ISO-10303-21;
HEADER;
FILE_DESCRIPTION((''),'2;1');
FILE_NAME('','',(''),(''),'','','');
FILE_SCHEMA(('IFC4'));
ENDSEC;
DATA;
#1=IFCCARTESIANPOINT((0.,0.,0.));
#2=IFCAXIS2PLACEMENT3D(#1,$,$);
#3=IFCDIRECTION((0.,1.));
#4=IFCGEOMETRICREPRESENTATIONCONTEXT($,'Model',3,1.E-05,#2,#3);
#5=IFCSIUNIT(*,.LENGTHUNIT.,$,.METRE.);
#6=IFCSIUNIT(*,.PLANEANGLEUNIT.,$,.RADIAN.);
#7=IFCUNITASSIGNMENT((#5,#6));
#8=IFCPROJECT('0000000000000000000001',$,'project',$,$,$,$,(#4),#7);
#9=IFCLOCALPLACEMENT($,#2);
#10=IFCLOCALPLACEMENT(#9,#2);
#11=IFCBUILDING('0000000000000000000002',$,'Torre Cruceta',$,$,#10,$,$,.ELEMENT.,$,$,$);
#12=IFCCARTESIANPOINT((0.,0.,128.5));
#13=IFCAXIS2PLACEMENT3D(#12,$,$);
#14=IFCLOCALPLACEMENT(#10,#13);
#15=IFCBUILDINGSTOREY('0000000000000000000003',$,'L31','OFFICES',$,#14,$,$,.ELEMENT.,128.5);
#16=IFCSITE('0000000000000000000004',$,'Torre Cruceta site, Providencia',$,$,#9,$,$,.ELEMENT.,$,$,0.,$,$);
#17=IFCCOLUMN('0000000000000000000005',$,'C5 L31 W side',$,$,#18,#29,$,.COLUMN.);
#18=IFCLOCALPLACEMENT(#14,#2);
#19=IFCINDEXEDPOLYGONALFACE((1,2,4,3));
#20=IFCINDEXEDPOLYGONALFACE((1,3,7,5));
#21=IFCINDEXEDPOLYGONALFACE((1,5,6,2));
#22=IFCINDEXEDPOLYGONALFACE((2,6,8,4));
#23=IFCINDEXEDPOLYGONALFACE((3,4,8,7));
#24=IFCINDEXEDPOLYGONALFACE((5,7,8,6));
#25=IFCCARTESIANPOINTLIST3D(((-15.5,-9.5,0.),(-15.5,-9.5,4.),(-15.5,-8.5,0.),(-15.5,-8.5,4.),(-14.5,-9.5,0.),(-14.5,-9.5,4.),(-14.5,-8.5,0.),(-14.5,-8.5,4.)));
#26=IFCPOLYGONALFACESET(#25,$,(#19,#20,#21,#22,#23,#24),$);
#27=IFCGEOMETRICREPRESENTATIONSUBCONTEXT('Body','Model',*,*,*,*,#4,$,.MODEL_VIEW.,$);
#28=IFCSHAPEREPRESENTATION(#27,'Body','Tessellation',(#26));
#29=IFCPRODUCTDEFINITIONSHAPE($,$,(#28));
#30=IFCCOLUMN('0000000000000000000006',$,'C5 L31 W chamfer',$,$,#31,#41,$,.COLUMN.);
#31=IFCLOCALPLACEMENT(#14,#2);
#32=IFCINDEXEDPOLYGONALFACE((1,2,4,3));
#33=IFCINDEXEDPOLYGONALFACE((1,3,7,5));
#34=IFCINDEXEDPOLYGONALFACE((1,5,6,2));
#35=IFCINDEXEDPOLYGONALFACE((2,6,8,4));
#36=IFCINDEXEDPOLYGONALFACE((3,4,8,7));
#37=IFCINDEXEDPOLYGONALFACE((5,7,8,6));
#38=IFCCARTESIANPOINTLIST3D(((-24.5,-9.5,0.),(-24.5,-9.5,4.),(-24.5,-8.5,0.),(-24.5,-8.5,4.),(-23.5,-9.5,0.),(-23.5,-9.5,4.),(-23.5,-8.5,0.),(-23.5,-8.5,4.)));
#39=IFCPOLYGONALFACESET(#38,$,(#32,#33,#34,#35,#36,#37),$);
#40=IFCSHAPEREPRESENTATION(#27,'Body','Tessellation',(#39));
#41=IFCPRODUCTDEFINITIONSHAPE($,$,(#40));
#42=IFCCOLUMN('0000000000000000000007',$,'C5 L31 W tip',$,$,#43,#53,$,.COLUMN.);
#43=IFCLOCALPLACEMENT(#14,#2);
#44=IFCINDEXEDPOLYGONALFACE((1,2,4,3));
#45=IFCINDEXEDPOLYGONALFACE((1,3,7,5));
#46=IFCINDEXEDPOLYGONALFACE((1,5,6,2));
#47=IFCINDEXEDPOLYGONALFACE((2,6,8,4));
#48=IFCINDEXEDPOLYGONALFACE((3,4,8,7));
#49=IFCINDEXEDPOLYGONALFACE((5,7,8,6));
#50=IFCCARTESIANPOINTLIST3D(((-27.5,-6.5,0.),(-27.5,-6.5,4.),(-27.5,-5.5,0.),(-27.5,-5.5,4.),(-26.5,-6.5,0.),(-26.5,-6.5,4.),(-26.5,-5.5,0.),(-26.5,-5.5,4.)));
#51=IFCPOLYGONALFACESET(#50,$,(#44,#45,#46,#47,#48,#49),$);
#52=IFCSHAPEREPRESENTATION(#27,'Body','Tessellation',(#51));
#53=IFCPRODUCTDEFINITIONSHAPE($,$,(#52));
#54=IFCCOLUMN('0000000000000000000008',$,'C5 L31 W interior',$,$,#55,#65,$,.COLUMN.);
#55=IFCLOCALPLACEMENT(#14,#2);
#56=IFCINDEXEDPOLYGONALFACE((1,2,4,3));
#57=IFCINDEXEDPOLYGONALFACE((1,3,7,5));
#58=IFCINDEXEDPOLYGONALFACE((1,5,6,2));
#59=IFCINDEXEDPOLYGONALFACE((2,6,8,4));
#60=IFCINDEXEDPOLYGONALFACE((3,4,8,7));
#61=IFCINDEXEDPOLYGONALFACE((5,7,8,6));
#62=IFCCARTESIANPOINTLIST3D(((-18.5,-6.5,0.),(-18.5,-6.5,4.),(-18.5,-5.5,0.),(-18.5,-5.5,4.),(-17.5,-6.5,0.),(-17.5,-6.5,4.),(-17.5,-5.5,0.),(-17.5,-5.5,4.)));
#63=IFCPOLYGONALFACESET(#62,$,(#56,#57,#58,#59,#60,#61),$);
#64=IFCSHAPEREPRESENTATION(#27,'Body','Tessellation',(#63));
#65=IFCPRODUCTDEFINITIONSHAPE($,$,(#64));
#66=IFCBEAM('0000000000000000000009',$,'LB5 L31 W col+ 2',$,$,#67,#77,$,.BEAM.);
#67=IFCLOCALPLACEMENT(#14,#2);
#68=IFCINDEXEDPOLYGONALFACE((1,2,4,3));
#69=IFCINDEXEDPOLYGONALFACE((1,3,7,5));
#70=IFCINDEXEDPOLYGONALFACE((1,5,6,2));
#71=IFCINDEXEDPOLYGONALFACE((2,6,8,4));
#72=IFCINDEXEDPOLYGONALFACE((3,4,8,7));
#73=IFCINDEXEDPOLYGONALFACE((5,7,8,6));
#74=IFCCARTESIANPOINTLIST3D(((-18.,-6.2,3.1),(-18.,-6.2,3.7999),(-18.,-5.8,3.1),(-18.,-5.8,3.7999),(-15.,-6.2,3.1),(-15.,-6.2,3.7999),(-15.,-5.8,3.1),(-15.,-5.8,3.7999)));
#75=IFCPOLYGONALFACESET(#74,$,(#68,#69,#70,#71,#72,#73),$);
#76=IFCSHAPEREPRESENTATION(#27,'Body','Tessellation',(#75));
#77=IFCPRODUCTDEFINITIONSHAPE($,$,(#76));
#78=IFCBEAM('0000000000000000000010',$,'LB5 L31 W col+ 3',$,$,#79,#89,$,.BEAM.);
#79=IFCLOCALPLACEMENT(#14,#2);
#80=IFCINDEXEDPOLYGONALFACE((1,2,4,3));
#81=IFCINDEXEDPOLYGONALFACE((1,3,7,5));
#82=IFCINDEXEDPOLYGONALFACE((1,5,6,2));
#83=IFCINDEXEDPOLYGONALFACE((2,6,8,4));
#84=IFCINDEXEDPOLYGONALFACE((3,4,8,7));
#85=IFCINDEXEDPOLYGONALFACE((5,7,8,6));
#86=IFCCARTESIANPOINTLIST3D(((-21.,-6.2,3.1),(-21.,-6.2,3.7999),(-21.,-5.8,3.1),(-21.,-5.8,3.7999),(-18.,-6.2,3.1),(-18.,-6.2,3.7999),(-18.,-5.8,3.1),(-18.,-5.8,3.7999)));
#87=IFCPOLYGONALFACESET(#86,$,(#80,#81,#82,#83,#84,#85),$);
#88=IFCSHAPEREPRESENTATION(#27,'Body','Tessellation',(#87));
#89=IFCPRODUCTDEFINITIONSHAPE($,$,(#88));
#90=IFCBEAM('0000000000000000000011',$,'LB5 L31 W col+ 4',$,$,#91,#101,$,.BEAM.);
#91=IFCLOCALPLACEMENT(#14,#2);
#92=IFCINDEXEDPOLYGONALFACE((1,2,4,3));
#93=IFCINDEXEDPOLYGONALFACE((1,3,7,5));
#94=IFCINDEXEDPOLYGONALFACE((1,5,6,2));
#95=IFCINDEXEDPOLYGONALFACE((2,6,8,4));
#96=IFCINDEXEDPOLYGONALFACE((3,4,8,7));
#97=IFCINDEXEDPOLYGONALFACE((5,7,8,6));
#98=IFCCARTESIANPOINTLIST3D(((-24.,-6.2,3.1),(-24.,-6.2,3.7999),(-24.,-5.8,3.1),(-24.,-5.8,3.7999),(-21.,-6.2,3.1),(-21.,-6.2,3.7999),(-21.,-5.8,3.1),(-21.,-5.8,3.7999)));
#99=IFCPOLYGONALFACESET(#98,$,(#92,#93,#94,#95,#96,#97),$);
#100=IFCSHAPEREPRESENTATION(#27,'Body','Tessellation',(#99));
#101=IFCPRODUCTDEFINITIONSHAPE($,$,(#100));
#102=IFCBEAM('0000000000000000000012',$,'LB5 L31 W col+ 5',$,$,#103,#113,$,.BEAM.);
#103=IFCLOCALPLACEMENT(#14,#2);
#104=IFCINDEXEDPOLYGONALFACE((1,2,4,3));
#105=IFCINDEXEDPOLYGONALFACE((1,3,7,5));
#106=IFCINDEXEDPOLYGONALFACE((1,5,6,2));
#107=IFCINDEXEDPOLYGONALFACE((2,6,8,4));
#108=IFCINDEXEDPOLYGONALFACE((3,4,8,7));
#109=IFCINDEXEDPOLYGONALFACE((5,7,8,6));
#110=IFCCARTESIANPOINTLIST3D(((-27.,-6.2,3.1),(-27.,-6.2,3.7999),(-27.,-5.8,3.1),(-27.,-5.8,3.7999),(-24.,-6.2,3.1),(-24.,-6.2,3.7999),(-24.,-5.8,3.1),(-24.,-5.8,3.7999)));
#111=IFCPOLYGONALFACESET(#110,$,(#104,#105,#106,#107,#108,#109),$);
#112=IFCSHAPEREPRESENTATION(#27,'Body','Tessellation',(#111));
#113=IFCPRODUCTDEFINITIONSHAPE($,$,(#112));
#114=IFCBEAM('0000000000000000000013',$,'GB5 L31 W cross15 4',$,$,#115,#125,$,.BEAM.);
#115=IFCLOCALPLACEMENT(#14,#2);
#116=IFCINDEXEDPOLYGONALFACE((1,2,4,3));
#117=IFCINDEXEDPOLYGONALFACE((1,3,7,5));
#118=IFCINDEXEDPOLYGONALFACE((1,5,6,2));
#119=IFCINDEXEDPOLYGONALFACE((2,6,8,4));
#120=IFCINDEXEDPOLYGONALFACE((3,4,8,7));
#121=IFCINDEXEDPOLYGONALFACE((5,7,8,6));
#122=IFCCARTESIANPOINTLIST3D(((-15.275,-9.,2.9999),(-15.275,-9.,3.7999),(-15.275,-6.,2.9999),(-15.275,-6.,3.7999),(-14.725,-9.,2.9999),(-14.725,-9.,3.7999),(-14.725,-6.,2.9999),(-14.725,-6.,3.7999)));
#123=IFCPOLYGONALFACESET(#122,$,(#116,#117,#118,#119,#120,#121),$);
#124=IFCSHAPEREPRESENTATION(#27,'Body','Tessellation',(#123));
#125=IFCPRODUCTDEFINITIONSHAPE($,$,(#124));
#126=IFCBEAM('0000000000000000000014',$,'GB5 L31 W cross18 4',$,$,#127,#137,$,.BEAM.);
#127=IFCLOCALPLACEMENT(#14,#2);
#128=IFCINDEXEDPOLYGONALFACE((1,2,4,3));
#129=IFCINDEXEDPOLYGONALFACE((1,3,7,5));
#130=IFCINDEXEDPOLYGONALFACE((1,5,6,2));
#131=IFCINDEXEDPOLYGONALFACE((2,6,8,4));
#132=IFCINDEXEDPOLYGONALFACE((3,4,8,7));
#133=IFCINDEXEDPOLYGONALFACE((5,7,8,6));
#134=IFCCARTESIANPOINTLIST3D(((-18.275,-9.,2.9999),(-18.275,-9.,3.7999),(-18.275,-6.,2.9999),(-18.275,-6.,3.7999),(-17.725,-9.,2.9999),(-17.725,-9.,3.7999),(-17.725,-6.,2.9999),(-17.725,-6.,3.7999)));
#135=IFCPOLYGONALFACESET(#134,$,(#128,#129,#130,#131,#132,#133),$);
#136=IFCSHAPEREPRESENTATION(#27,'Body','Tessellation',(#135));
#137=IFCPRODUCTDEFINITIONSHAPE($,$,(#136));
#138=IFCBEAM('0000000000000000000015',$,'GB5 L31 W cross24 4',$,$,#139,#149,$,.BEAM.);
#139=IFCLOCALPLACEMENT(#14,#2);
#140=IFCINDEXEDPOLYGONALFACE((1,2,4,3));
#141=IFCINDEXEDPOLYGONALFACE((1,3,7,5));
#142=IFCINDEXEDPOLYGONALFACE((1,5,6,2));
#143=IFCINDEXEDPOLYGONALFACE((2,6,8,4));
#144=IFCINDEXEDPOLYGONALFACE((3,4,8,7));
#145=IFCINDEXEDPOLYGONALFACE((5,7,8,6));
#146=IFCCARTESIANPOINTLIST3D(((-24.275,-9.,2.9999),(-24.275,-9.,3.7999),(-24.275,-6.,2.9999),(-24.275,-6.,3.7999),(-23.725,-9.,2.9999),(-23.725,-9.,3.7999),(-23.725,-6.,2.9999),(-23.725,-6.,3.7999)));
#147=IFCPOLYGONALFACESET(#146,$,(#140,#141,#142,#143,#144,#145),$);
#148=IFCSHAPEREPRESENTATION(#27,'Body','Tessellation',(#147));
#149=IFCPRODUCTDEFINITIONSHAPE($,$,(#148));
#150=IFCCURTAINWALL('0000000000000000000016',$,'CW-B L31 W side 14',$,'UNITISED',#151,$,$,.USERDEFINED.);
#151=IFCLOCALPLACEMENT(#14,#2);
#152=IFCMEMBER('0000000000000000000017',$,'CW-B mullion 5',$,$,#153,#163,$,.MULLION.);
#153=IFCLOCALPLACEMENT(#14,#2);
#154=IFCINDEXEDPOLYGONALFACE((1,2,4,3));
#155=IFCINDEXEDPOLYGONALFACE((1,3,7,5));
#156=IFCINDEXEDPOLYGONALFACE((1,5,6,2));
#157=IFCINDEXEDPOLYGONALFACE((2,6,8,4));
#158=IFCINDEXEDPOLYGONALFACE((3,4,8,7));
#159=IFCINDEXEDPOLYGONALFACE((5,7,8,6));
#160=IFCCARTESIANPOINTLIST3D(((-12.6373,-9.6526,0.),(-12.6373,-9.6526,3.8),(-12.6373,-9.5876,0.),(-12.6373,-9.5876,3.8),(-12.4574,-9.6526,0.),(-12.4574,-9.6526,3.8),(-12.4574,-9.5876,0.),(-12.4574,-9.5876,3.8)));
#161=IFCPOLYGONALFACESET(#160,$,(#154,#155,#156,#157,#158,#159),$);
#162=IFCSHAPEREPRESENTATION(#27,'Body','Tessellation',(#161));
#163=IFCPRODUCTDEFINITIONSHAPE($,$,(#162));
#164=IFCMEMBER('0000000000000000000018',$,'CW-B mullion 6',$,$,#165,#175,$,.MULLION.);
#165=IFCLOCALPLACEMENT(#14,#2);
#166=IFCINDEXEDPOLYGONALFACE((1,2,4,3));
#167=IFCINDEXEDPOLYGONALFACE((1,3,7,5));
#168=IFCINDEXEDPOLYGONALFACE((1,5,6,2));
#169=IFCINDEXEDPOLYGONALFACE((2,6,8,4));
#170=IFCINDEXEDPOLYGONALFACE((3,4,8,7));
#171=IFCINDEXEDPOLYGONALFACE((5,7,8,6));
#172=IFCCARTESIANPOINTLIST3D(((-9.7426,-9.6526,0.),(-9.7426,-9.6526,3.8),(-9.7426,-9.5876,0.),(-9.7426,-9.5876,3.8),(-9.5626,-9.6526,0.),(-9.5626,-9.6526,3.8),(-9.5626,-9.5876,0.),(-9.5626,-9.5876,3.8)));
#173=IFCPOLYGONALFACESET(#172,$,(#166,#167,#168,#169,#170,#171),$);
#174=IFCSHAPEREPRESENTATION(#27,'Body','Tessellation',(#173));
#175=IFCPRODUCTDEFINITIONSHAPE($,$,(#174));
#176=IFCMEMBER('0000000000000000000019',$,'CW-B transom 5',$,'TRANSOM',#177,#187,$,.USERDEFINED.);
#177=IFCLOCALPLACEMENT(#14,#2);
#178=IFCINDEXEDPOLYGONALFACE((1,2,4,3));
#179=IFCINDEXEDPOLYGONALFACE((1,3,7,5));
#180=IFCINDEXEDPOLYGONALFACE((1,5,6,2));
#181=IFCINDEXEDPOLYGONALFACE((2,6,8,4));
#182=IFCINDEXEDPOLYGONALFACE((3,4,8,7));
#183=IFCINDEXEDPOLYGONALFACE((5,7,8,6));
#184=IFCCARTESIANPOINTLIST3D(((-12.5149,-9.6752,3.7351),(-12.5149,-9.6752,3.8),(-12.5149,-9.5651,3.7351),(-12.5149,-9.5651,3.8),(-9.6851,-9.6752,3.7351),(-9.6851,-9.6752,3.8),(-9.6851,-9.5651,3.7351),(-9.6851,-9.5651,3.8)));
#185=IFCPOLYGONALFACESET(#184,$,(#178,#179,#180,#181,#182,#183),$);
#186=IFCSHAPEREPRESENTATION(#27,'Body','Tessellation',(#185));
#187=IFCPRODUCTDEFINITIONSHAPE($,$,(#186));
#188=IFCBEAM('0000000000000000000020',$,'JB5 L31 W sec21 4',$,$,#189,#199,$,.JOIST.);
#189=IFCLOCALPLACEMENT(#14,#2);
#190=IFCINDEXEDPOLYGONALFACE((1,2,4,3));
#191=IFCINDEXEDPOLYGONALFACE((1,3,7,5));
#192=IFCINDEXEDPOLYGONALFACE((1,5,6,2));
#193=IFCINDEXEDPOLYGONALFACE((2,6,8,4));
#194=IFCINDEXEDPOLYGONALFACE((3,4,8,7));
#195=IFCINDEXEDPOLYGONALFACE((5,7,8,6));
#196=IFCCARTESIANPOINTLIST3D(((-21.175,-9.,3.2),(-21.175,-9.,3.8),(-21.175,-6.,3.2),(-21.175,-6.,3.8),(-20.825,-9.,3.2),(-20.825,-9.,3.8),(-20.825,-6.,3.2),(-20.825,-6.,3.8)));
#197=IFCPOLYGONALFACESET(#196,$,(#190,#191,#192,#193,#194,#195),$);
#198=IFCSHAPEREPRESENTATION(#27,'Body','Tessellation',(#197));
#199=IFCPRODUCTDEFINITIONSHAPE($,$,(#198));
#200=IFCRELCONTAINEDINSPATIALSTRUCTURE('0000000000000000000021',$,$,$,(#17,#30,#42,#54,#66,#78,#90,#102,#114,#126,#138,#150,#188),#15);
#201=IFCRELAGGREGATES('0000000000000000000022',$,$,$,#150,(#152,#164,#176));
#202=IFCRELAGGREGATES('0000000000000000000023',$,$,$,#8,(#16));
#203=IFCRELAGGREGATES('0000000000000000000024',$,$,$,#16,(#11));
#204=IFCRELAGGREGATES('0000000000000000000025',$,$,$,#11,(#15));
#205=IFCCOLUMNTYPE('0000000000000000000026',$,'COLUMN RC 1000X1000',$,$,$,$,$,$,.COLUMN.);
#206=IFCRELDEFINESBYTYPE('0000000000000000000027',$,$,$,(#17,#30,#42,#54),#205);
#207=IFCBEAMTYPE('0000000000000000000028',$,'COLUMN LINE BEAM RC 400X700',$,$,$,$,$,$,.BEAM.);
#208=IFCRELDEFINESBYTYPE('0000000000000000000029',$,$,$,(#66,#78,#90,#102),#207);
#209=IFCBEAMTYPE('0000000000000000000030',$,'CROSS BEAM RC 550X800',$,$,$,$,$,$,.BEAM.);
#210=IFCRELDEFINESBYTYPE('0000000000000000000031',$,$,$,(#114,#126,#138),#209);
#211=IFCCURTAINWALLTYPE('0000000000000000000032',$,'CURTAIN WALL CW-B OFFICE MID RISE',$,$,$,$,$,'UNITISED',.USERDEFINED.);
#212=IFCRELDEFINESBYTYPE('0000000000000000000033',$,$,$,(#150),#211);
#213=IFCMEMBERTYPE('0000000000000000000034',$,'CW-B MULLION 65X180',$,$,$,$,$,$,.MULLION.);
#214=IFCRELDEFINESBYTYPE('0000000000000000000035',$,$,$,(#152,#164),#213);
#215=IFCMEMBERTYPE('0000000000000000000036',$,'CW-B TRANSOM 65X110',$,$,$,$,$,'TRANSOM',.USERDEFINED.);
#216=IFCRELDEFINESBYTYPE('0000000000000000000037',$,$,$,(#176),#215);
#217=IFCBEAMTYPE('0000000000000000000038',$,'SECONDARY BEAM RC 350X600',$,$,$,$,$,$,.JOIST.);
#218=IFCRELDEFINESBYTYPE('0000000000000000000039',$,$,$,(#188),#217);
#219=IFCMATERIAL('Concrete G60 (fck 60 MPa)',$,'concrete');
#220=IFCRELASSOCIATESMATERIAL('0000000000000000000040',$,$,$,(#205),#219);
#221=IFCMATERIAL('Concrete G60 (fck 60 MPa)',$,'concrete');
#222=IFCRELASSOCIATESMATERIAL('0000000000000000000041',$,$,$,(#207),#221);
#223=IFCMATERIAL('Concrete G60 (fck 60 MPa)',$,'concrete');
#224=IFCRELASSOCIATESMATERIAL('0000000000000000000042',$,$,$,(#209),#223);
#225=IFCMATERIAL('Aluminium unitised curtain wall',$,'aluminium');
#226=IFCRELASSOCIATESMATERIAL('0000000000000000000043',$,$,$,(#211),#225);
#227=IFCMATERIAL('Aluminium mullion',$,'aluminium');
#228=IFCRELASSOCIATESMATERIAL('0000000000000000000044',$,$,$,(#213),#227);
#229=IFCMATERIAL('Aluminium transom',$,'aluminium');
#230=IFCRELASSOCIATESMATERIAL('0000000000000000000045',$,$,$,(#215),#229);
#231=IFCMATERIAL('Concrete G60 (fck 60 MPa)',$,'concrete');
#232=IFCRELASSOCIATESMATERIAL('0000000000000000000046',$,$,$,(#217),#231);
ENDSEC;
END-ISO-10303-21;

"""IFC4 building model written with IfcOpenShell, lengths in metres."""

from ifc_helpers import new_model, si_unit, direction, frame, origin, origin_2d, place, context, subcontext, project, spatial, rectangle, extrude, material, material_profile, profile_set, type_object, element, aggregate, save


model = new_model("IFC4")

# Units and contexts
model_context = context("Model", 3, precision=1e-05, world=origin(), true_north=direction((0.0, 1.0)))
body_context = subcontext(model_context, "Body", "Model", "MODEL_VIEW")
ifc_project = project(units=[si_unit("LENGTHUNIT", "METRE"), si_unit("PLANEANGLEUNIT", "RADIAN")], contexts=[model_context])

# Site, building, storey
site_placement = place(None, origin())
site = spatial("IfcSite", under=ifc_project, at=site_placement, Name="Torre Cruceta site, Providencia", CompositionType="ELEMENT", RefElevation=0.0)
building_placement = place(site_placement, origin())
building = spatial("IfcBuilding", under=site, at=building_placement, Name="Torre Cruceta", CompositionType="ELEMENT")
storey_placement = place(building_placement, frame((0.0, 0.0, 128.5)))
storey = spatial("IfcBuildingStorey", under=building, at=storey_placement, Name="L31", Description="OFFICES", CompositionType="ELEMENT", Elevation=128.5)

# Columns
ifc_material_1 = material(Name="Concrete G60 (fck 60 MPa)", Category="concrete")
ifc_material_profile_1 = material_profile(ifc_material_1, rectangle(XDim=1.0, YDim=1.0, at=origin_2d()), Name="RC 1000X1000")
ifc_profile_set_1 = profile_set([ifc_material_profile_1], Name="Concrete G60 (fck 60 MPa)")
column_type = type_object("IfcColumnType", Name="COLUMN RC 1000X1000", PredefinedType="COLUMN", material=ifc_profile_set_1)
for number, where, z_axis, x_axis, name in (
    (1, (-15.0, -9.0, 0.0), (0.0, 0.0, 1.0), (1.0, 0.0, 0.0), "C5 L31 W side"),
    (2, (-24.0, -9.0, 0.0), (0.0, 0.0, 1.0), (1.0, 0.0, 0.0), "C5 L31 W chamfer"),
    (3, (-27.0, -6.0, 0.0), (0.0, 0.0, 1.0), (1.0, 0.0, 0.0), "C5 L31 W tip"),
    (4, (-18.0, -6.0, 0.0), (0.0, 0.0, 1.0), (1.0, 0.0, 0.0), "C5 L31 W interior"),
):
    element("IfcColumn", number, at=place(storey_placement, frame(where, z_axis=z_axis, x_axis=x_axis)), inside=storey, type_object=column_type, Name=name, PredefinedType="COLUMN", context=body_context, shape_type="SweptSolid", body=[
        extrude(rectangle(XDim=1.0, YDim=1.0, at=origin_2d()), origin(), (0.0, 0.0, 1.0), 4.0),
    ])

# Beams
ifc_material_2 = material(Name="Concrete G60 (fck 60 MPa)", Category="concrete")
ifc_material_profile_2 = material_profile(ifc_material_2, rectangle(XDim=0.3999, YDim=0.7, at=origin_2d()), Name="RC 400X700")
ifc_profile_set_2 = profile_set([ifc_material_profile_2], Name="Concrete G60 (fck 60 MPa)")
beam_type_1 = type_object("IfcBeamType", Name="COLUMN LINE BEAM RC 400X700", PredefinedType="BEAM", material=ifc_profile_set_2)
for number, where, z_axis, x_axis, name in (
    (5, (-15.0, -6.0, 3.45), (-1.0, 0.0, 0.0), (0.0, -1.0, 0.0), "LB5 L31 W col+ 2"),
    (6, (-18.0, -6.0, 3.45), (-1.0, 0.0, 0.0), (0.0, -1.0, 0.0), "LB5 L31 W col+ 3"),
    (7, (-21.0, -6.0, 3.45), (-1.0, 0.0, 0.0), (0.0, -1.0, 0.0), "LB5 L31 W col+ 4"),
    (8, (-24.0, -6.0, 3.45), (-1.0, 0.0, 0.0), (0.0, -1.0, 0.0), "LB5 L31 W col+ 5"),
):
    element("IfcBeam", number, at=place(storey_placement, frame(where, z_axis=z_axis, x_axis=x_axis)), inside=storey, type_object=beam_type_1, Name=name, PredefinedType="BEAM", context=body_context, shape_type="SweptSolid", body=[
        extrude(rectangle(XDim=0.3999, YDim=0.7, at=origin_2d()), origin(), (0.0, 0.0, 1.0), 3.0),
    ])
ifc_material_3 = material(Name="Concrete G60 (fck 60 MPa)", Category="concrete")
ifc_material_profile_3 = material_profile(ifc_material_3, rectangle(XDim=0.55, YDim=0.8, at=origin_2d()), Name="RC 550X800")
ifc_profile_set_3 = profile_set([ifc_material_profile_3], Name="Concrete G60 (fck 60 MPa)")
beam_type_2 = type_object("IfcBeamType", Name="CROSS BEAM RC 550X800", PredefinedType="BEAM", material=ifc_profile_set_3)
for number, where, z_axis, x_axis, name in (
    (9, (-15.0, -6.0, 3.3999), (0.0, -1.0, 0.0), (1.0, 0.0, 0.0), "GB5 L31 W cross15 4"),
    (10, (-18.0, -6.0, 3.3999), (0.0, -1.0, 0.0), (1.0, 0.0, 0.0), "GB5 L31 W cross18 4"),
    (11, (-24.0, -6.0, 3.3999), (0.0, -1.0, 0.0), (1.0, 0.0, 0.0), "GB5 L31 W cross24 4"),
):
    element("IfcBeam", number, at=place(storey_placement, frame(where, z_axis=z_axis, x_axis=x_axis)), inside=storey, type_object=beam_type_2, Name=name, PredefinedType="BEAM", context=body_context, shape_type="SweptSolid", body=[
        extrude(rectangle(XDim=0.55, YDim=0.8, at=origin_2d()), origin(), (0.0, 0.0, 1.0), 3.0),
    ])

# Curtain wall, members
ifc_material_4 = material(Name="Aluminium unitised curtain wall", Category="aluminium")
curtain_wall_type = type_object("IfcCurtainWallType", Name="CURTAIN WALL CW-B OFFICE MID RISE", ElementType="UNITISED", PredefinedType="USERDEFINED", material=ifc_material_4)
curtain_wall_placement = place(storey_placement, origin())
curtain_wall = element("IfcCurtainWall", 12, at=curtain_wall_placement, inside=storey, type_object=curtain_wall_type, Name="CW-B L31 W side 14", ObjectType="UNITISED", PredefinedType="USERDEFINED")
ifc_material_5 = material(Name="Aluminium mullion", Category="aluminium")
ifc_material_profile_4 = material_profile(ifc_material_5, rectangle(XDim=0.0649, YDim=0.1799, at=origin_2d()), Name="AL 65X180")
ifc_profile_set_4 = profile_set([ifc_material_profile_4], Name="Aluminium mullion")
member_type_1 = type_object("IfcMemberType", Name="CW-B MULLION 65X180", PredefinedType="MULLION", material=ifc_profile_set_4)
member_1_placement = place(storey_placement, frame((-12.5474, -9.6201, 0.0), z_axis=(0.0, 0.0, 1.0), x_axis=(0.0, 1.0, 0.0)))
member_1 = element("IfcMember", 13, at=member_1_placement, type_object=member_type_1, Name="CW-B mullion 5", PredefinedType="MULLION", context=body_context, shape_type="SweptSolid", body=[
    extrude(rectangle(XDim=0.0649, YDim=0.1799, at=origin_2d()), origin(), (0.0, 0.0, 1.0), 3.8),
])
member_2_placement = place(storey_placement, frame((-9.6526, -9.6201, 0.0), z_axis=(0.0, 0.0, 1.0), x_axis=(0.0, 1.0, 0.0)))
member_2 = element("IfcMember", 14, at=member_2_placement, type_object=member_type_1, Name="CW-B mullion 6", PredefinedType="MULLION", context=body_context, shape_type="SweptSolid", body=[
    extrude(rectangle(XDim=0.0649, YDim=0.1799, at=origin_2d()), origin(), (0.0, 0.0, 1.0), 3.8),
])
ifc_material_6 = material(Name="Aluminium transom", Category="aluminium")
ifc_material_profile_5 = material_profile(ifc_material_6, rectangle(XDim=0.1101, YDim=0.0649, at=origin_2d()), Name="AL 110X65")
ifc_profile_set_5 = profile_set([ifc_material_profile_5], Name="Aluminium transom")
member_type_2 = type_object("IfcMemberType", Name="CW-B TRANSOM 65X110", ElementType="TRANSOM", PredefinedType="USERDEFINED", material=ifc_profile_set_5)
member_3_placement = place(storey_placement, frame((-12.5149, -9.6201, 3.7676), z_axis=(1.0, 0.0, 0.0), x_axis=(0.0, 1.0, 0.0)))
member_3 = element("IfcMember", 15, at=member_3_placement, type_object=member_type_2, Name="CW-B transom 5", ObjectType="TRANSOM", PredefinedType="USERDEFINED", context=body_context, shape_type="SweptSolid", body=[
    extrude(rectangle(XDim=0.1101, YDim=0.0649, at=origin_2d()), origin(), (0.0, 0.0, 1.0), 2.8298),
])

# Beam
ifc_material_7 = material(Name="Concrete G60 (fck 60 MPa)", Category="concrete")
ifc_material_profile_6 = material_profile(ifc_material_7, rectangle(XDim=0.3501, YDim=0.6001, at=origin_2d()), Name="RC 350X600")
ifc_profile_set_6 = profile_set([ifc_material_profile_6], Name="Concrete G60 (fck 60 MPa)")
beam_type_3 = type_object("IfcBeamType", Name="SECONDARY BEAM RC 350X600", PredefinedType="JOIST", material=ifc_profile_set_6)
beam_1_placement = place(storey_placement, frame((-21.0, -6.0, 3.5), z_axis=(0.0, -1.0, 0.0), x_axis=(1.0, 0.0, 0.0)))
element("IfcBeam", 16, at=beam_1_placement, inside=storey, type_object=beam_type_3, Name="JB5 L31 W sec21 4", PredefinedType="JOIST", context=body_context, shape_type="SweptSolid", body=[
    extrude(rectangle(XDim=0.3501, YDim=0.6001, at=origin_2d()), origin(), (0.0, 0.0, 1.0), 3.0),
])

aggregate(curtain_wall, [member_1, member_2, member_3])

save(model, "model.ifc")
